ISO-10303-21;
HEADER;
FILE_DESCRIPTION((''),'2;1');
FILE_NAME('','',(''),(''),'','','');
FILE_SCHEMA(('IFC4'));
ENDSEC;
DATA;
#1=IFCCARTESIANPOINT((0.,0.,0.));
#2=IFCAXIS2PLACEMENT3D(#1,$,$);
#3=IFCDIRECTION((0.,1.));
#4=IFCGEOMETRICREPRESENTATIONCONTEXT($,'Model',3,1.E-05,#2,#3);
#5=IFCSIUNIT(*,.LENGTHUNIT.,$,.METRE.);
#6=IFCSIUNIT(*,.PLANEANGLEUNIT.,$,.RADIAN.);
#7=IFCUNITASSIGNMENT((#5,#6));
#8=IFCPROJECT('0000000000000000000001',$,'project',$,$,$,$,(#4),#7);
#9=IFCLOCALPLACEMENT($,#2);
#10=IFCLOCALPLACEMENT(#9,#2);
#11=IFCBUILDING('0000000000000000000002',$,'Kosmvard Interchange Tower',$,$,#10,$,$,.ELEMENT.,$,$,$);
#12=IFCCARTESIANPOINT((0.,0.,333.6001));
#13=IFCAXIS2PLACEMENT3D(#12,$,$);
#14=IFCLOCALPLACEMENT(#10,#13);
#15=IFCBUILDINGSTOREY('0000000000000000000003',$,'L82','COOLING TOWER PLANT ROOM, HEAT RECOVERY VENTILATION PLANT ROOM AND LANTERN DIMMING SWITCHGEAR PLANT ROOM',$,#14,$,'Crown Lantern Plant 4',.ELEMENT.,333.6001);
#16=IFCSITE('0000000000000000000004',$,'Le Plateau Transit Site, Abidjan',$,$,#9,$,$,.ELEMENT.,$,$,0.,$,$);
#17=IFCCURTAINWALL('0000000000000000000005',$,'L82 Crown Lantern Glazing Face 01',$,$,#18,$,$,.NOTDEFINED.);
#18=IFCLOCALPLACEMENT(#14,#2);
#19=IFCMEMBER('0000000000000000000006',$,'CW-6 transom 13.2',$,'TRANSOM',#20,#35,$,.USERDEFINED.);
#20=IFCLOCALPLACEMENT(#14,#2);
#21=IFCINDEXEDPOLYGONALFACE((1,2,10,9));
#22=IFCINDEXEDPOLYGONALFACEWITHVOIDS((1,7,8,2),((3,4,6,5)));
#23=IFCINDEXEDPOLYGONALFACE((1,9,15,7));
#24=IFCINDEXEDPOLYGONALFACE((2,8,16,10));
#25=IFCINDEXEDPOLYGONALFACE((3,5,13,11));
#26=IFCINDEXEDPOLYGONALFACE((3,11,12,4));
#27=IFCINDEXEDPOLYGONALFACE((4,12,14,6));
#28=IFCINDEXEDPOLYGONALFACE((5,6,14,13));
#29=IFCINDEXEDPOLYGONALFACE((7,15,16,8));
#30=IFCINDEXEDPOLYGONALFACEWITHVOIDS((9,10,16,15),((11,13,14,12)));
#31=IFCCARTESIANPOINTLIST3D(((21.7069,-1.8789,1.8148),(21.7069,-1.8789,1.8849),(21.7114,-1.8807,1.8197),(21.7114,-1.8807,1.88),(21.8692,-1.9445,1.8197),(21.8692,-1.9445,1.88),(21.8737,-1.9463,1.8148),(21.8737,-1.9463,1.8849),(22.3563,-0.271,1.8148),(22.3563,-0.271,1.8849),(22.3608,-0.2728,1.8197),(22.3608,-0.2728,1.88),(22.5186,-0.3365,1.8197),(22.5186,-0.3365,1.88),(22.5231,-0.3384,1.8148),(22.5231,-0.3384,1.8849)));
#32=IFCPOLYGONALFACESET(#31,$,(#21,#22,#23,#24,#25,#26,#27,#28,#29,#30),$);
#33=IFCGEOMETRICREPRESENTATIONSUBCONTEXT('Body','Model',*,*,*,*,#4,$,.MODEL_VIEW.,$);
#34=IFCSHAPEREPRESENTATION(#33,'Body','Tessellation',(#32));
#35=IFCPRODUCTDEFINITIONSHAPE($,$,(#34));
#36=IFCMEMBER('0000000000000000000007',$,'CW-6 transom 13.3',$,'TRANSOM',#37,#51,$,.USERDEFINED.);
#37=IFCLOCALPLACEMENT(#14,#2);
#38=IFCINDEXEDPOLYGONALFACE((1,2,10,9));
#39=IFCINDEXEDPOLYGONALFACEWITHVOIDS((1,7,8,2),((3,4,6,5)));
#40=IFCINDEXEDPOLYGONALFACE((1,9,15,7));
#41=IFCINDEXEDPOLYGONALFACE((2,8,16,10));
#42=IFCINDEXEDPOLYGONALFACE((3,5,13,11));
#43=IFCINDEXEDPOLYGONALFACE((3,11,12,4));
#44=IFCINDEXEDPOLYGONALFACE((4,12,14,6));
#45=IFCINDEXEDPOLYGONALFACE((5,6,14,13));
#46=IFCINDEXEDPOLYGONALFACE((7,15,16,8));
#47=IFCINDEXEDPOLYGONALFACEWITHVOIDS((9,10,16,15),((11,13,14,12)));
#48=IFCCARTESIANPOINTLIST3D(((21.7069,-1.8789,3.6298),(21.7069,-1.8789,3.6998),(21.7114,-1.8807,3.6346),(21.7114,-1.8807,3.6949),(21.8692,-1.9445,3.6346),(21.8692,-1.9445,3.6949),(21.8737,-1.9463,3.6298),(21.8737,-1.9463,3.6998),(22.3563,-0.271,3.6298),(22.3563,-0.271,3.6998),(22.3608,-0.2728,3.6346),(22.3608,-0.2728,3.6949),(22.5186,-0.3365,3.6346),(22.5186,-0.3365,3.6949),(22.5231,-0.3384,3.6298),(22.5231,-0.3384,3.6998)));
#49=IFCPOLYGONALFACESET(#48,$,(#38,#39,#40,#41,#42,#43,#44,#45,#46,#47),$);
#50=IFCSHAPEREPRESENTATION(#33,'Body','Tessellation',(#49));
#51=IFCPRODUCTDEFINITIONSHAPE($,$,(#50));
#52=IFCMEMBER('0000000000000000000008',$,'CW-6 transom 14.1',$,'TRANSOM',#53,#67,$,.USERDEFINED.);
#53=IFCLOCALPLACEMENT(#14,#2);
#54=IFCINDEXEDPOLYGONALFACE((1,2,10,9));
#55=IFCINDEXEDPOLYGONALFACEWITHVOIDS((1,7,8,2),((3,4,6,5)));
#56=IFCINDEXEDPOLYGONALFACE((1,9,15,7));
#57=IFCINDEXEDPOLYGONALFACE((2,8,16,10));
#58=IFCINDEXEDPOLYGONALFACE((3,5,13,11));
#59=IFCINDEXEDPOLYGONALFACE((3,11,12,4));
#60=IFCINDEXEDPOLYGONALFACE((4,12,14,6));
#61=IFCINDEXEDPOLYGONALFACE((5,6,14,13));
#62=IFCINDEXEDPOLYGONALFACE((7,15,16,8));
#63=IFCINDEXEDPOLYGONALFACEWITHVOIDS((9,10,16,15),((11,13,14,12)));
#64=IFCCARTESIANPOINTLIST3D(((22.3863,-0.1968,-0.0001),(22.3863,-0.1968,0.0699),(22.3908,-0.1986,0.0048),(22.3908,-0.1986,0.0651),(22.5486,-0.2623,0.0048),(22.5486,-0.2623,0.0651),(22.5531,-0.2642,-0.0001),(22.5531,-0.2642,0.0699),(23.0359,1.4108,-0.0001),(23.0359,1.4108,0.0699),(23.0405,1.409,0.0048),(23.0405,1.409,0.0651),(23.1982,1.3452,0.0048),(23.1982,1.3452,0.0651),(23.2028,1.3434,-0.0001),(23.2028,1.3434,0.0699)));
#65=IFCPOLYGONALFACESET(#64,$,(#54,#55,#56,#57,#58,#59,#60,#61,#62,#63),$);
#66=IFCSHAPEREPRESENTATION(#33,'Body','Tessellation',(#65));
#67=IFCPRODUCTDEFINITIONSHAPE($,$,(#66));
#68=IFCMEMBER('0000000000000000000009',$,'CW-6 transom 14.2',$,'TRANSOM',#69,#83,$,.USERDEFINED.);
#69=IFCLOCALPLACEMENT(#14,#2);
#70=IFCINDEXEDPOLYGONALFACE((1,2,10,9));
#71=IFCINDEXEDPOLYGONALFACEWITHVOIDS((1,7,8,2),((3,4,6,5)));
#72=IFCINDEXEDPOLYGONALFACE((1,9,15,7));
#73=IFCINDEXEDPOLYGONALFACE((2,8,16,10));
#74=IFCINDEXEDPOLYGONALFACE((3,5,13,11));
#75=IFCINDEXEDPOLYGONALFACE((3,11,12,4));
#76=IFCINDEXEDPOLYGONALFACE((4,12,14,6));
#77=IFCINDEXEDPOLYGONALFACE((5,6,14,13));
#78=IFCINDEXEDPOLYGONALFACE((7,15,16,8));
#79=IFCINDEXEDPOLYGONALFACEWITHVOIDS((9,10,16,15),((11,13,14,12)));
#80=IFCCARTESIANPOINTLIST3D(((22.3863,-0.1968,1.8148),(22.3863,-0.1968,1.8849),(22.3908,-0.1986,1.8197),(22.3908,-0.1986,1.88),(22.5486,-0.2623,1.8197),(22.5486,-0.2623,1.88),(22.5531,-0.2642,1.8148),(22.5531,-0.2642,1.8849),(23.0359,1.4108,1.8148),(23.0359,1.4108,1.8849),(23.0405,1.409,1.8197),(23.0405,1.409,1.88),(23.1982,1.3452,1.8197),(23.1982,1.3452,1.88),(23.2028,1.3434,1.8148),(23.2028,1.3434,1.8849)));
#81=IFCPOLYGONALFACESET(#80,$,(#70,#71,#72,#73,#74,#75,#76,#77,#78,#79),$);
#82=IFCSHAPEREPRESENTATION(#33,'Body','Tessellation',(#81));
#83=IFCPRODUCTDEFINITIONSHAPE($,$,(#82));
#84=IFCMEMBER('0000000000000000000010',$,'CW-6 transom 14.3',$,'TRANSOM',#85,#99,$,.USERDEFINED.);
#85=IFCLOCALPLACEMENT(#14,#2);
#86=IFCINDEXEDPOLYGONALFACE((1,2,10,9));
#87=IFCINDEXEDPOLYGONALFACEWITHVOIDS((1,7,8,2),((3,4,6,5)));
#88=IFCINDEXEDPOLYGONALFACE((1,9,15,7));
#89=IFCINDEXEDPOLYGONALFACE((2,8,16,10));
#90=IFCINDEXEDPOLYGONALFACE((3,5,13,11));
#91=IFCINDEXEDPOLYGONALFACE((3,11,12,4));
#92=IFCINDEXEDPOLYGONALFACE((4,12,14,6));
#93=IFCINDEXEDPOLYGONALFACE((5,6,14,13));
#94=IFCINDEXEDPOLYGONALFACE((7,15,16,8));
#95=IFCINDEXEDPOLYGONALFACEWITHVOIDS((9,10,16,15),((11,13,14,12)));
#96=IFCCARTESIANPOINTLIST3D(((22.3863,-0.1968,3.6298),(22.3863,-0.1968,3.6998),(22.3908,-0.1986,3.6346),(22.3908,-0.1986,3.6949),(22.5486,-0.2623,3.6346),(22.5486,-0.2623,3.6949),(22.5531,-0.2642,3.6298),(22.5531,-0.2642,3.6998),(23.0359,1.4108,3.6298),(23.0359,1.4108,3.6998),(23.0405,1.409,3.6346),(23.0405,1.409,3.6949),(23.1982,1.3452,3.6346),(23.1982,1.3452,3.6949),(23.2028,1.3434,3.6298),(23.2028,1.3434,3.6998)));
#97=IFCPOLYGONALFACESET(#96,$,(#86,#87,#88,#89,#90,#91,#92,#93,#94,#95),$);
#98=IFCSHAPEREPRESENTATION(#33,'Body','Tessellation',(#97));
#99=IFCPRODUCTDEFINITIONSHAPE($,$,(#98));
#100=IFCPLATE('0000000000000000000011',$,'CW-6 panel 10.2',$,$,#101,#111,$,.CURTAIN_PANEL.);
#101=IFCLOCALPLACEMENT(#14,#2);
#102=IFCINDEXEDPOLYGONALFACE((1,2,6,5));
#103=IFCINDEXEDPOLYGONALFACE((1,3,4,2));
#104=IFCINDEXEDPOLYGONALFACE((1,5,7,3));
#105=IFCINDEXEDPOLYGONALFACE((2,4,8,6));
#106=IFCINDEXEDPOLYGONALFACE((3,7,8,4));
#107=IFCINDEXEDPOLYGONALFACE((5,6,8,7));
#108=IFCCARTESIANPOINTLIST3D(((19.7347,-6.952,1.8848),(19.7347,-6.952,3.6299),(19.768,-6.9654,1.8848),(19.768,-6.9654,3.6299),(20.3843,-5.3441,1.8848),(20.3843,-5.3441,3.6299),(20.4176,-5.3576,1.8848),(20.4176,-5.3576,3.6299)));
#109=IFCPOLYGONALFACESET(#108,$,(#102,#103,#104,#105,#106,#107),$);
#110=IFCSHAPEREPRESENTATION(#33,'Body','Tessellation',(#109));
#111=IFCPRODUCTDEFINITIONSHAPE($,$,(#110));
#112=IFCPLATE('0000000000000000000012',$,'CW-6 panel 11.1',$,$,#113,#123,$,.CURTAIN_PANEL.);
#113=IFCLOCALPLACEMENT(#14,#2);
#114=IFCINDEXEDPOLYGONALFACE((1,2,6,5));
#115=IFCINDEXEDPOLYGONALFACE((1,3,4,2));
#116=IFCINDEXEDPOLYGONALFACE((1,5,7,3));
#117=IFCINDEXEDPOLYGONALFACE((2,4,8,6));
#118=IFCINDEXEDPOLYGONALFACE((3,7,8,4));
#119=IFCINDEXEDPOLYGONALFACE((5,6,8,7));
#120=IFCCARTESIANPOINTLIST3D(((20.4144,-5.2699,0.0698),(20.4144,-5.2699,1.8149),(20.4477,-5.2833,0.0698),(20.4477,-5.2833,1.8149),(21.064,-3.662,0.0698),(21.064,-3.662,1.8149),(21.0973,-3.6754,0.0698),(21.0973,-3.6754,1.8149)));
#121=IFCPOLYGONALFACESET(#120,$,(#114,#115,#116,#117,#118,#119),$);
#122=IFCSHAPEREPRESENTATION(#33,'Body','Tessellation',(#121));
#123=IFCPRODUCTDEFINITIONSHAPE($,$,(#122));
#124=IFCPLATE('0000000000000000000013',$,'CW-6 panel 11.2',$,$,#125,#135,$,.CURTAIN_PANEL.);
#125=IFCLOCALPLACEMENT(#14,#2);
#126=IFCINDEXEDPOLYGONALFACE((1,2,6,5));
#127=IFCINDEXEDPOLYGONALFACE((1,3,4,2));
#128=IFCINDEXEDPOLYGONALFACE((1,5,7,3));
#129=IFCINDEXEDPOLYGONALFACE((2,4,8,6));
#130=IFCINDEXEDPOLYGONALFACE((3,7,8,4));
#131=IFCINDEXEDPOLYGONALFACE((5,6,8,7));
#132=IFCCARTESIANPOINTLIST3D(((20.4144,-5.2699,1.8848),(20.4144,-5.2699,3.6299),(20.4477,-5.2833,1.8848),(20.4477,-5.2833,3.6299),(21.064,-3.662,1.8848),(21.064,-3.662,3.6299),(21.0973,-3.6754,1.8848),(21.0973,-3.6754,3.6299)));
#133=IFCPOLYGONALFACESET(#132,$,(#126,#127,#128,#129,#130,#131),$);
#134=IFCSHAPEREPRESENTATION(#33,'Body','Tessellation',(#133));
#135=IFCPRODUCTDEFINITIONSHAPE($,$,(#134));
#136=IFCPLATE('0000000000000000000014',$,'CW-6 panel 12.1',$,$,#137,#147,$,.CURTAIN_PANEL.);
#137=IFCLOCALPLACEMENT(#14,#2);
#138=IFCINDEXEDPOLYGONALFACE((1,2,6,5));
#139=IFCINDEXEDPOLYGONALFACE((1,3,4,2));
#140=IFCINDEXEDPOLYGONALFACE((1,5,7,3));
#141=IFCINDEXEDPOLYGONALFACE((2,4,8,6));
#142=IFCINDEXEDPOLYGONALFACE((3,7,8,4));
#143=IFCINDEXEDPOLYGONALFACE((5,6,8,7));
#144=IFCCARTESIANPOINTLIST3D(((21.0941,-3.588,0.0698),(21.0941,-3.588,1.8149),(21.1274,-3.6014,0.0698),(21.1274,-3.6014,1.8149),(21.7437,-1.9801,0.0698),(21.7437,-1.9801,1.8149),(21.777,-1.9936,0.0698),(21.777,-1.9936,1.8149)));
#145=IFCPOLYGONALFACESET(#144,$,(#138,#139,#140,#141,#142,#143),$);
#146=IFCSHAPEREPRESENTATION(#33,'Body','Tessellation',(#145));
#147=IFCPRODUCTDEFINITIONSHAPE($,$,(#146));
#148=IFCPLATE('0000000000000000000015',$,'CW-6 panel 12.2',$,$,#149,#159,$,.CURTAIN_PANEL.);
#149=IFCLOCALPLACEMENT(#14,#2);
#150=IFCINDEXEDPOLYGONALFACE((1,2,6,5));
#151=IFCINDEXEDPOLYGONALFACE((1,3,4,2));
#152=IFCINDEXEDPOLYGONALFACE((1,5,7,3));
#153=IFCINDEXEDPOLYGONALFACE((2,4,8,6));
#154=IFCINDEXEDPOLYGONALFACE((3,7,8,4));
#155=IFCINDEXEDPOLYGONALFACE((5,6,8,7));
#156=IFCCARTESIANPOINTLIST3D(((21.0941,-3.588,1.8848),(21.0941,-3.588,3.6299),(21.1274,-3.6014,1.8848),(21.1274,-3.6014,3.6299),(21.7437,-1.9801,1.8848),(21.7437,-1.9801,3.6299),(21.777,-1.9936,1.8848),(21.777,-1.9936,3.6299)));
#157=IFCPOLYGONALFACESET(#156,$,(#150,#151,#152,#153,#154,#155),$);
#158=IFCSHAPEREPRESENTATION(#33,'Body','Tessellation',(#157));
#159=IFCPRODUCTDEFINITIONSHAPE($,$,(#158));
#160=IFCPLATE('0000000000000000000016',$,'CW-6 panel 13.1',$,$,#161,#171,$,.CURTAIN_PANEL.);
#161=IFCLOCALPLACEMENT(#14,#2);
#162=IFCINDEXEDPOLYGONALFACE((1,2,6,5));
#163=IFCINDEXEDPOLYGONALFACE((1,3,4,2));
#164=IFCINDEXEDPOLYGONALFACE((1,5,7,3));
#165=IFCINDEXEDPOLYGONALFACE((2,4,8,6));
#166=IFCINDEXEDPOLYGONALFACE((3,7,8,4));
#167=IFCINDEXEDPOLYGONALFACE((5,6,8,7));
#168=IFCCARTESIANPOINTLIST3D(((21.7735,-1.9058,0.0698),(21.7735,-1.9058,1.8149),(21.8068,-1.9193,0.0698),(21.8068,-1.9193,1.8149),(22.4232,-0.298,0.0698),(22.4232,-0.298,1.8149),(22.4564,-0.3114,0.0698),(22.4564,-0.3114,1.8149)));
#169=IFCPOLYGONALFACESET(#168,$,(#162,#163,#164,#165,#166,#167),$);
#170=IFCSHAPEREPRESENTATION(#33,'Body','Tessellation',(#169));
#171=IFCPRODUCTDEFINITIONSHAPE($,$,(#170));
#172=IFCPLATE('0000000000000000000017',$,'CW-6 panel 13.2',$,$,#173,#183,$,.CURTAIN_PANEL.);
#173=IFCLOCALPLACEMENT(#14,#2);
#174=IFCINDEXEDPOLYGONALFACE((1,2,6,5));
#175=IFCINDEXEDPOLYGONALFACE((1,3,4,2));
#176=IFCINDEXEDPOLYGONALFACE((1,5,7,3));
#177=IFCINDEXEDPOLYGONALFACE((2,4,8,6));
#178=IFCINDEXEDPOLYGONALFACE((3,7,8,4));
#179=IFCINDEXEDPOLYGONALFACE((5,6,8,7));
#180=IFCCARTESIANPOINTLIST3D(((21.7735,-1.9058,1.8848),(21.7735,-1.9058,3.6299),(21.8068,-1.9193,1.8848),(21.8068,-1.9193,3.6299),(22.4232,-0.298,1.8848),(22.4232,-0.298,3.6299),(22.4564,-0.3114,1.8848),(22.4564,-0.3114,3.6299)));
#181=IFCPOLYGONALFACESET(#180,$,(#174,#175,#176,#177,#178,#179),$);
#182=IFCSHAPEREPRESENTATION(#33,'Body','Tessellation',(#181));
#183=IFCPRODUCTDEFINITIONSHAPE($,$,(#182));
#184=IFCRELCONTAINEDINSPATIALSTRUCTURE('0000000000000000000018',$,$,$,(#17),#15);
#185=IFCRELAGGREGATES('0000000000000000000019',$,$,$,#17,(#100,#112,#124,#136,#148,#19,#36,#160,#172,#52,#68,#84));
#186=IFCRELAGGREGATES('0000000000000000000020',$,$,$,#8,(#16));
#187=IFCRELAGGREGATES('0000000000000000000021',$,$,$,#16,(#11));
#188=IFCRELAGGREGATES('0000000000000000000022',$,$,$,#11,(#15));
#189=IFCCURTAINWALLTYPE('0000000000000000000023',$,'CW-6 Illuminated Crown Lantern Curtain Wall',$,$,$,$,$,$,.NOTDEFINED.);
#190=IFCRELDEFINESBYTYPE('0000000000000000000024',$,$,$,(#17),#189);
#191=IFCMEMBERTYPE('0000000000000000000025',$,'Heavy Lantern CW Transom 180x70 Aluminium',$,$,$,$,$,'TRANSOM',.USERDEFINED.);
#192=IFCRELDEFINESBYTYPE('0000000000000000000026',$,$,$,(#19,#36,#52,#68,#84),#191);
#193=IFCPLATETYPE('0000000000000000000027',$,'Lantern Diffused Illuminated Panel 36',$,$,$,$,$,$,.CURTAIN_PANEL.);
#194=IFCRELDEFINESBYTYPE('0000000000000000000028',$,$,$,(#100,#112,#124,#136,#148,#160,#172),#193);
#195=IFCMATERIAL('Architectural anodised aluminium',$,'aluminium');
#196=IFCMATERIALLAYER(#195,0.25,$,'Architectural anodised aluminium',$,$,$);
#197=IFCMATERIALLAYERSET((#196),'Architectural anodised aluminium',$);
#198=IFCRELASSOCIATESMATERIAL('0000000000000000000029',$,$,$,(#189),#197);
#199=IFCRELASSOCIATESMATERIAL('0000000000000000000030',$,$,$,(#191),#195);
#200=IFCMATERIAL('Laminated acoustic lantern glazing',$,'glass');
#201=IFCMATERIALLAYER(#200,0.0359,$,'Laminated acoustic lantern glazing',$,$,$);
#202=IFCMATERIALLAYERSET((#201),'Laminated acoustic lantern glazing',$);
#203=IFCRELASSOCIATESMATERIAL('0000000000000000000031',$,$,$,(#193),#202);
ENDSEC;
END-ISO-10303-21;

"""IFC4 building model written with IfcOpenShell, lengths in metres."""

from ifc_helpers import new_model, si_unit, direction, frame, origin, origin_2d, place, context, subcontext, project, spatial, rectangle, hollow_rectangle, extrude, source, transform, mapped, material, layer, layer_set, material_profile, profile_set, type_object, element, aggregate, save


model = new_model("IFC4")

# Units and contexts
model_context = context("Model", 3, precision=1e-05, world=origin(), true_north=direction((0.0, 1.0)))
body_context = subcontext(model_context, "Body", "Model", "MODEL_VIEW")
ifc_project = project(units=[si_unit("LENGTHUNIT", "METRE"), si_unit("PLANEANGLEUNIT", "RADIAN")], contexts=[model_context])

# Site, building, storey
site_placement = place(None, origin())
site = spatial("IfcSite", under=ifc_project, at=site_placement, Name="Le Plateau Transit Site, Abidjan", CompositionType="ELEMENT", RefElevation=0.0)
building_placement = place(site_placement, origin())
building = spatial("IfcBuilding", under=site, at=building_placement, Name="Kosmvard Interchange Tower", CompositionType="ELEMENT")
storey_placement = place(building_placement, frame((0.0, 0.0, 333.6001)))
storey = spatial("IfcBuildingStorey", under=building, at=storey_placement, Name="L82", Description="COOLING TOWER PLANT ROOM, HEAT RECOVERY VENTILATION PLANT ROOM AND LANTERN DIMMING SWITCHGEAR PLANT ROOM", LongName="Crown Lantern Plant 4", CompositionType="ELEMENT", Elevation=333.6001)

# Curtain wall, members, plates
ifc_material_1 = material(Name="Architectural anodised aluminium", Category="aluminium")
ifc_layer_1 = layer(ifc_material_1, 0.25, Name="Architectural anodised aluminium")
ifc_layer_set_1 = layer_set([ifc_layer_1], Name="Architectural anodised aluminium")
curtain_wall_type = type_object("IfcCurtainWallType", Name="CW-6 Illuminated Crown Lantern Curtain Wall", PredefinedType="NOTDEFINED", material=ifc_layer_set_1)
curtain_wall_placement = place(storey_placement, origin())
curtain_wall = element("IfcCurtainWall", 1, at=curtain_wall_placement, inside=storey, type_object=curtain_wall_type, Name="L82 Crown Lantern Glazing Face 01", PredefinedType="NOTDEFINED")
ifc_material_profile_1 = material_profile(ifc_material_1, hollow_rectangle(XDim=0.1799, YDim=0.0701, WallThickness=0.0049, at=origin_2d()), Name="CWT 180x70x5")
ifc_profile_set_1 = profile_set([ifc_material_profile_1], Name="Architectural anodised aluminium")
member_type_1 = type_object("IfcMemberType", Name="Heavy Lantern CW Transom 180x70 Aluminium", ElementType="TRANSOM", PredefinedType="USERDEFINED", material=ifc_profile_set_1)
shared_shape_1 = source(origin(), body_context, "Body", "SweptSolid", [
    extrude(hollow_rectangle(XDim=0.1799, YDim=0.0701, WallThickness=0.0049, at=origin_2d()), origin(), (0.0, 0.0, 1.0), 1.7341),
])
member_1_placement = place(storey_placement, frame((21.7903, -1.9126, 1.8499), z_axis=(0.374496, 0.927229, 0.0), x_axis=(-0.927229, 0.374496, 0.0)))
member_1 = element("IfcMember", 2, at=member_1_placement, type_object=member_type_1, Name="CW-6 transom 13.2", ObjectType="TRANSOM", PredefinedType="USERDEFINED", context=body_context, shape_type="MappedRepresentation", body=[
    mapped(shared_shape_1, transform((0.0, 0.0, 0.0), scale=1.0)),
])
member_2_placement = place(storey_placement, frame((21.7903, -1.9126, 3.6648), z_axis=(0.374496, 0.927229, 0.0), x_axis=(-0.927229, 0.374496, 0.0)))
member_2 = element("IfcMember", 3, at=member_2_placement, type_object=member_type_1, Name="CW-6 transom 13.3", ObjectType="TRANSOM", PredefinedType="USERDEFINED", context=body_context, shape_type="MappedRepresentation", body=[
    mapped(shared_shape_1, transform((0.0, 0.0, 0.0), scale=1.0)),
])
shared_shape_2 = source(origin(), body_context, "Body", "SweptSolid", [
    extrude(hollow_rectangle(XDim=0.1799, YDim=0.0701, WallThickness=0.0049, at=origin_2d()), origin(), (0.0, 0.0, 1.0), 1.7339),
])
member_3_placement = place(storey_placement, frame((22.4697, -0.2305, 0.0349), z_axis=(0.374666, 0.92716, 0.0), x_axis=(-0.92716, 0.374666, 0.0)))
member_3 = element("IfcMember", 4, at=member_3_placement, type_object=member_type_1, Name="CW-6 transom 14.1", ObjectType="TRANSOM", PredefinedType="USERDEFINED", context=body_context, shape_type="MappedRepresentation", body=[
    mapped(shared_shape_2, transform((0.0, 0.0, 0.0), scale=1.0)),
])
member_4_placement = place(storey_placement, frame((22.4697, -0.2305, 1.8499), z_axis=(0.374666, 0.92716, 0.0), x_axis=(-0.92716, 0.374666, 0.0)))
member_4 = element("IfcMember", 5, at=member_4_placement, type_object=member_type_1, Name="CW-6 transom 14.2", ObjectType="TRANSOM", PredefinedType="USERDEFINED", context=body_context, shape_type="MappedRepresentation", body=[
    mapped(shared_shape_2, transform((0.0, 0.0, 0.0), scale=1.0)),
])
member_5_placement = place(storey_placement, frame((22.4697, -0.2305, 3.6648), z_axis=(0.374666, 0.92716, 0.0), x_axis=(-0.92716, 0.374666, 0.0)))
member_5 = element("IfcMember", 6, at=member_5_placement, type_object=member_type_1, Name="CW-6 transom 14.3", ObjectType="TRANSOM", PredefinedType="USERDEFINED", context=body_context, shape_type="MappedRepresentation", body=[
    mapped(shared_shape_2, transform((0.0, 0.0, 0.0), scale=1.0)),
])
ifc_material_2 = material(Name="Laminated acoustic lantern glazing", Category="glass")
ifc_layer_2 = layer(ifc_material_2, 0.0359, Name="Laminated acoustic lantern glazing")
ifc_layer_set_2 = layer_set([ifc_layer_2], Name="Laminated acoustic lantern glazing")
plate_type = type_object("IfcPlateType", Name="Lantern Diffused Illuminated Panel 36", PredefinedType="CURTAIN_PANEL", material=ifc_layer_set_2)
shared_shape_3 = source(origin(), body_context, "Body", "SweptSolid", [
    extrude(rectangle(XDim=1.7341, YDim=0.0359, at=origin_2d()), origin(), (0.0, 0.0, 1.0), 1.7451),
])
plate_1_placement = place(storey_placement, frame((20.0762, -6.1548, 1.8848), z_axis=(0.0, 0.0, 1.0), x_axis=(0.374607, 0.927184, 0.0)))
plate_1 = element("IfcPlate", 7, at=plate_1_placement, type_object=plate_type, Name="CW-6 panel 10.2", PredefinedType="CURTAIN_PANEL", context=body_context, shape_type="MappedRepresentation", body=[
    mapped(shared_shape_3, transform((0.0, 0.0, 0.0), scale=1.0)),
])
plate_2_placement = place(storey_placement, frame((20.7559, -4.4727, 0.0698), z_axis=(0.0, 0.0, 1.0), x_axis=(0.374607, 0.927184, 0.0)))
plate_2 = element("IfcPlate", 8, at=plate_2_placement, type_object=plate_type, Name="CW-6 panel 11.1", PredefinedType="CURTAIN_PANEL", context=body_context, shape_type="MappedRepresentation", body=[
    mapped(shared_shape_3, transform((0.0, 0.0, 0.0), scale=1.0)),
])
plate_3_placement = place(storey_placement, frame((20.7559, -4.4727, 1.8848), z_axis=(0.0, 0.0, 1.0), x_axis=(0.374607, 0.927184, 0.0)))
plate_3 = element("IfcPlate", 9, at=plate_3_placement, type_object=plate_type, Name="CW-6 panel 11.2", PredefinedType="CURTAIN_PANEL", context=body_context, shape_type="MappedRepresentation", body=[
    mapped(shared_shape_3, transform((0.0, 0.0, 0.0), scale=1.0)),
])
plate_4_placement = place(storey_placement, frame((21.4355, -2.7908, 0.0698), z_axis=(0.0, 0.0, 1.0), x_axis=(0.374607, 0.927184, 0.0)))
plate_4 = element("IfcPlate", 10, at=plate_4_placement, type_object=plate_type, Name="CW-6 panel 12.1", PredefinedType="CURTAIN_PANEL", context=body_context, shape_type="MappedRepresentation", body=[
    mapped(shared_shape_3, transform((0.0, 0.0, 0.0), scale=1.0)),
])
plate_5_placement = place(storey_placement, frame((21.4355, -2.7908, 1.8848), z_axis=(0.0, 0.0, 1.0), x_axis=(0.374607, 0.927184, 0.0)))
plate_5 = element("IfcPlate", 11, at=plate_5_placement, type_object=plate_type, Name="CW-6 panel 12.2", PredefinedType="CURTAIN_PANEL", context=body_context, shape_type="MappedRepresentation", body=[
    mapped(shared_shape_3, transform((0.0, 0.0, 0.0), scale=1.0)),
])
plate_6_placement = place(storey_placement, frame((22.115, -1.1086, 0.0698), z_axis=(0.0, 0.0, 1.0), x_axis=(0.374607, 0.927184, 0.0)))
plate_6 = element("IfcPlate", 12, at=plate_6_placement, type_object=plate_type, Name="CW-6 panel 13.1", PredefinedType="CURTAIN_PANEL", context=body_context, shape_type="MappedRepresentation", body=[
    mapped(shared_shape_3, transform((0.0, 0.0, 0.0), scale=1.0)),
])
plate_7_placement = place(storey_placement, frame((22.115, -1.1086, 1.8848), z_axis=(0.0, 0.0, 1.0), x_axis=(0.374607, 0.927184, 0.0)))
plate_7 = element("IfcPlate", 13, at=plate_7_placement, type_object=plate_type, Name="CW-6 panel 13.2", PredefinedType="CURTAIN_PANEL", context=body_context, shape_type="MappedRepresentation", body=[
    mapped(shared_shape_3, transform((0.0, 0.0, 0.0), scale=1.0)),
])
aggregate(curtain_wall, [plate_1, plate_2, plate_3, plate_4, plate_5, member_1, member_2, plate_6, plate_7, member_3, member_4, member_5])

save(model, "model.ifc")
